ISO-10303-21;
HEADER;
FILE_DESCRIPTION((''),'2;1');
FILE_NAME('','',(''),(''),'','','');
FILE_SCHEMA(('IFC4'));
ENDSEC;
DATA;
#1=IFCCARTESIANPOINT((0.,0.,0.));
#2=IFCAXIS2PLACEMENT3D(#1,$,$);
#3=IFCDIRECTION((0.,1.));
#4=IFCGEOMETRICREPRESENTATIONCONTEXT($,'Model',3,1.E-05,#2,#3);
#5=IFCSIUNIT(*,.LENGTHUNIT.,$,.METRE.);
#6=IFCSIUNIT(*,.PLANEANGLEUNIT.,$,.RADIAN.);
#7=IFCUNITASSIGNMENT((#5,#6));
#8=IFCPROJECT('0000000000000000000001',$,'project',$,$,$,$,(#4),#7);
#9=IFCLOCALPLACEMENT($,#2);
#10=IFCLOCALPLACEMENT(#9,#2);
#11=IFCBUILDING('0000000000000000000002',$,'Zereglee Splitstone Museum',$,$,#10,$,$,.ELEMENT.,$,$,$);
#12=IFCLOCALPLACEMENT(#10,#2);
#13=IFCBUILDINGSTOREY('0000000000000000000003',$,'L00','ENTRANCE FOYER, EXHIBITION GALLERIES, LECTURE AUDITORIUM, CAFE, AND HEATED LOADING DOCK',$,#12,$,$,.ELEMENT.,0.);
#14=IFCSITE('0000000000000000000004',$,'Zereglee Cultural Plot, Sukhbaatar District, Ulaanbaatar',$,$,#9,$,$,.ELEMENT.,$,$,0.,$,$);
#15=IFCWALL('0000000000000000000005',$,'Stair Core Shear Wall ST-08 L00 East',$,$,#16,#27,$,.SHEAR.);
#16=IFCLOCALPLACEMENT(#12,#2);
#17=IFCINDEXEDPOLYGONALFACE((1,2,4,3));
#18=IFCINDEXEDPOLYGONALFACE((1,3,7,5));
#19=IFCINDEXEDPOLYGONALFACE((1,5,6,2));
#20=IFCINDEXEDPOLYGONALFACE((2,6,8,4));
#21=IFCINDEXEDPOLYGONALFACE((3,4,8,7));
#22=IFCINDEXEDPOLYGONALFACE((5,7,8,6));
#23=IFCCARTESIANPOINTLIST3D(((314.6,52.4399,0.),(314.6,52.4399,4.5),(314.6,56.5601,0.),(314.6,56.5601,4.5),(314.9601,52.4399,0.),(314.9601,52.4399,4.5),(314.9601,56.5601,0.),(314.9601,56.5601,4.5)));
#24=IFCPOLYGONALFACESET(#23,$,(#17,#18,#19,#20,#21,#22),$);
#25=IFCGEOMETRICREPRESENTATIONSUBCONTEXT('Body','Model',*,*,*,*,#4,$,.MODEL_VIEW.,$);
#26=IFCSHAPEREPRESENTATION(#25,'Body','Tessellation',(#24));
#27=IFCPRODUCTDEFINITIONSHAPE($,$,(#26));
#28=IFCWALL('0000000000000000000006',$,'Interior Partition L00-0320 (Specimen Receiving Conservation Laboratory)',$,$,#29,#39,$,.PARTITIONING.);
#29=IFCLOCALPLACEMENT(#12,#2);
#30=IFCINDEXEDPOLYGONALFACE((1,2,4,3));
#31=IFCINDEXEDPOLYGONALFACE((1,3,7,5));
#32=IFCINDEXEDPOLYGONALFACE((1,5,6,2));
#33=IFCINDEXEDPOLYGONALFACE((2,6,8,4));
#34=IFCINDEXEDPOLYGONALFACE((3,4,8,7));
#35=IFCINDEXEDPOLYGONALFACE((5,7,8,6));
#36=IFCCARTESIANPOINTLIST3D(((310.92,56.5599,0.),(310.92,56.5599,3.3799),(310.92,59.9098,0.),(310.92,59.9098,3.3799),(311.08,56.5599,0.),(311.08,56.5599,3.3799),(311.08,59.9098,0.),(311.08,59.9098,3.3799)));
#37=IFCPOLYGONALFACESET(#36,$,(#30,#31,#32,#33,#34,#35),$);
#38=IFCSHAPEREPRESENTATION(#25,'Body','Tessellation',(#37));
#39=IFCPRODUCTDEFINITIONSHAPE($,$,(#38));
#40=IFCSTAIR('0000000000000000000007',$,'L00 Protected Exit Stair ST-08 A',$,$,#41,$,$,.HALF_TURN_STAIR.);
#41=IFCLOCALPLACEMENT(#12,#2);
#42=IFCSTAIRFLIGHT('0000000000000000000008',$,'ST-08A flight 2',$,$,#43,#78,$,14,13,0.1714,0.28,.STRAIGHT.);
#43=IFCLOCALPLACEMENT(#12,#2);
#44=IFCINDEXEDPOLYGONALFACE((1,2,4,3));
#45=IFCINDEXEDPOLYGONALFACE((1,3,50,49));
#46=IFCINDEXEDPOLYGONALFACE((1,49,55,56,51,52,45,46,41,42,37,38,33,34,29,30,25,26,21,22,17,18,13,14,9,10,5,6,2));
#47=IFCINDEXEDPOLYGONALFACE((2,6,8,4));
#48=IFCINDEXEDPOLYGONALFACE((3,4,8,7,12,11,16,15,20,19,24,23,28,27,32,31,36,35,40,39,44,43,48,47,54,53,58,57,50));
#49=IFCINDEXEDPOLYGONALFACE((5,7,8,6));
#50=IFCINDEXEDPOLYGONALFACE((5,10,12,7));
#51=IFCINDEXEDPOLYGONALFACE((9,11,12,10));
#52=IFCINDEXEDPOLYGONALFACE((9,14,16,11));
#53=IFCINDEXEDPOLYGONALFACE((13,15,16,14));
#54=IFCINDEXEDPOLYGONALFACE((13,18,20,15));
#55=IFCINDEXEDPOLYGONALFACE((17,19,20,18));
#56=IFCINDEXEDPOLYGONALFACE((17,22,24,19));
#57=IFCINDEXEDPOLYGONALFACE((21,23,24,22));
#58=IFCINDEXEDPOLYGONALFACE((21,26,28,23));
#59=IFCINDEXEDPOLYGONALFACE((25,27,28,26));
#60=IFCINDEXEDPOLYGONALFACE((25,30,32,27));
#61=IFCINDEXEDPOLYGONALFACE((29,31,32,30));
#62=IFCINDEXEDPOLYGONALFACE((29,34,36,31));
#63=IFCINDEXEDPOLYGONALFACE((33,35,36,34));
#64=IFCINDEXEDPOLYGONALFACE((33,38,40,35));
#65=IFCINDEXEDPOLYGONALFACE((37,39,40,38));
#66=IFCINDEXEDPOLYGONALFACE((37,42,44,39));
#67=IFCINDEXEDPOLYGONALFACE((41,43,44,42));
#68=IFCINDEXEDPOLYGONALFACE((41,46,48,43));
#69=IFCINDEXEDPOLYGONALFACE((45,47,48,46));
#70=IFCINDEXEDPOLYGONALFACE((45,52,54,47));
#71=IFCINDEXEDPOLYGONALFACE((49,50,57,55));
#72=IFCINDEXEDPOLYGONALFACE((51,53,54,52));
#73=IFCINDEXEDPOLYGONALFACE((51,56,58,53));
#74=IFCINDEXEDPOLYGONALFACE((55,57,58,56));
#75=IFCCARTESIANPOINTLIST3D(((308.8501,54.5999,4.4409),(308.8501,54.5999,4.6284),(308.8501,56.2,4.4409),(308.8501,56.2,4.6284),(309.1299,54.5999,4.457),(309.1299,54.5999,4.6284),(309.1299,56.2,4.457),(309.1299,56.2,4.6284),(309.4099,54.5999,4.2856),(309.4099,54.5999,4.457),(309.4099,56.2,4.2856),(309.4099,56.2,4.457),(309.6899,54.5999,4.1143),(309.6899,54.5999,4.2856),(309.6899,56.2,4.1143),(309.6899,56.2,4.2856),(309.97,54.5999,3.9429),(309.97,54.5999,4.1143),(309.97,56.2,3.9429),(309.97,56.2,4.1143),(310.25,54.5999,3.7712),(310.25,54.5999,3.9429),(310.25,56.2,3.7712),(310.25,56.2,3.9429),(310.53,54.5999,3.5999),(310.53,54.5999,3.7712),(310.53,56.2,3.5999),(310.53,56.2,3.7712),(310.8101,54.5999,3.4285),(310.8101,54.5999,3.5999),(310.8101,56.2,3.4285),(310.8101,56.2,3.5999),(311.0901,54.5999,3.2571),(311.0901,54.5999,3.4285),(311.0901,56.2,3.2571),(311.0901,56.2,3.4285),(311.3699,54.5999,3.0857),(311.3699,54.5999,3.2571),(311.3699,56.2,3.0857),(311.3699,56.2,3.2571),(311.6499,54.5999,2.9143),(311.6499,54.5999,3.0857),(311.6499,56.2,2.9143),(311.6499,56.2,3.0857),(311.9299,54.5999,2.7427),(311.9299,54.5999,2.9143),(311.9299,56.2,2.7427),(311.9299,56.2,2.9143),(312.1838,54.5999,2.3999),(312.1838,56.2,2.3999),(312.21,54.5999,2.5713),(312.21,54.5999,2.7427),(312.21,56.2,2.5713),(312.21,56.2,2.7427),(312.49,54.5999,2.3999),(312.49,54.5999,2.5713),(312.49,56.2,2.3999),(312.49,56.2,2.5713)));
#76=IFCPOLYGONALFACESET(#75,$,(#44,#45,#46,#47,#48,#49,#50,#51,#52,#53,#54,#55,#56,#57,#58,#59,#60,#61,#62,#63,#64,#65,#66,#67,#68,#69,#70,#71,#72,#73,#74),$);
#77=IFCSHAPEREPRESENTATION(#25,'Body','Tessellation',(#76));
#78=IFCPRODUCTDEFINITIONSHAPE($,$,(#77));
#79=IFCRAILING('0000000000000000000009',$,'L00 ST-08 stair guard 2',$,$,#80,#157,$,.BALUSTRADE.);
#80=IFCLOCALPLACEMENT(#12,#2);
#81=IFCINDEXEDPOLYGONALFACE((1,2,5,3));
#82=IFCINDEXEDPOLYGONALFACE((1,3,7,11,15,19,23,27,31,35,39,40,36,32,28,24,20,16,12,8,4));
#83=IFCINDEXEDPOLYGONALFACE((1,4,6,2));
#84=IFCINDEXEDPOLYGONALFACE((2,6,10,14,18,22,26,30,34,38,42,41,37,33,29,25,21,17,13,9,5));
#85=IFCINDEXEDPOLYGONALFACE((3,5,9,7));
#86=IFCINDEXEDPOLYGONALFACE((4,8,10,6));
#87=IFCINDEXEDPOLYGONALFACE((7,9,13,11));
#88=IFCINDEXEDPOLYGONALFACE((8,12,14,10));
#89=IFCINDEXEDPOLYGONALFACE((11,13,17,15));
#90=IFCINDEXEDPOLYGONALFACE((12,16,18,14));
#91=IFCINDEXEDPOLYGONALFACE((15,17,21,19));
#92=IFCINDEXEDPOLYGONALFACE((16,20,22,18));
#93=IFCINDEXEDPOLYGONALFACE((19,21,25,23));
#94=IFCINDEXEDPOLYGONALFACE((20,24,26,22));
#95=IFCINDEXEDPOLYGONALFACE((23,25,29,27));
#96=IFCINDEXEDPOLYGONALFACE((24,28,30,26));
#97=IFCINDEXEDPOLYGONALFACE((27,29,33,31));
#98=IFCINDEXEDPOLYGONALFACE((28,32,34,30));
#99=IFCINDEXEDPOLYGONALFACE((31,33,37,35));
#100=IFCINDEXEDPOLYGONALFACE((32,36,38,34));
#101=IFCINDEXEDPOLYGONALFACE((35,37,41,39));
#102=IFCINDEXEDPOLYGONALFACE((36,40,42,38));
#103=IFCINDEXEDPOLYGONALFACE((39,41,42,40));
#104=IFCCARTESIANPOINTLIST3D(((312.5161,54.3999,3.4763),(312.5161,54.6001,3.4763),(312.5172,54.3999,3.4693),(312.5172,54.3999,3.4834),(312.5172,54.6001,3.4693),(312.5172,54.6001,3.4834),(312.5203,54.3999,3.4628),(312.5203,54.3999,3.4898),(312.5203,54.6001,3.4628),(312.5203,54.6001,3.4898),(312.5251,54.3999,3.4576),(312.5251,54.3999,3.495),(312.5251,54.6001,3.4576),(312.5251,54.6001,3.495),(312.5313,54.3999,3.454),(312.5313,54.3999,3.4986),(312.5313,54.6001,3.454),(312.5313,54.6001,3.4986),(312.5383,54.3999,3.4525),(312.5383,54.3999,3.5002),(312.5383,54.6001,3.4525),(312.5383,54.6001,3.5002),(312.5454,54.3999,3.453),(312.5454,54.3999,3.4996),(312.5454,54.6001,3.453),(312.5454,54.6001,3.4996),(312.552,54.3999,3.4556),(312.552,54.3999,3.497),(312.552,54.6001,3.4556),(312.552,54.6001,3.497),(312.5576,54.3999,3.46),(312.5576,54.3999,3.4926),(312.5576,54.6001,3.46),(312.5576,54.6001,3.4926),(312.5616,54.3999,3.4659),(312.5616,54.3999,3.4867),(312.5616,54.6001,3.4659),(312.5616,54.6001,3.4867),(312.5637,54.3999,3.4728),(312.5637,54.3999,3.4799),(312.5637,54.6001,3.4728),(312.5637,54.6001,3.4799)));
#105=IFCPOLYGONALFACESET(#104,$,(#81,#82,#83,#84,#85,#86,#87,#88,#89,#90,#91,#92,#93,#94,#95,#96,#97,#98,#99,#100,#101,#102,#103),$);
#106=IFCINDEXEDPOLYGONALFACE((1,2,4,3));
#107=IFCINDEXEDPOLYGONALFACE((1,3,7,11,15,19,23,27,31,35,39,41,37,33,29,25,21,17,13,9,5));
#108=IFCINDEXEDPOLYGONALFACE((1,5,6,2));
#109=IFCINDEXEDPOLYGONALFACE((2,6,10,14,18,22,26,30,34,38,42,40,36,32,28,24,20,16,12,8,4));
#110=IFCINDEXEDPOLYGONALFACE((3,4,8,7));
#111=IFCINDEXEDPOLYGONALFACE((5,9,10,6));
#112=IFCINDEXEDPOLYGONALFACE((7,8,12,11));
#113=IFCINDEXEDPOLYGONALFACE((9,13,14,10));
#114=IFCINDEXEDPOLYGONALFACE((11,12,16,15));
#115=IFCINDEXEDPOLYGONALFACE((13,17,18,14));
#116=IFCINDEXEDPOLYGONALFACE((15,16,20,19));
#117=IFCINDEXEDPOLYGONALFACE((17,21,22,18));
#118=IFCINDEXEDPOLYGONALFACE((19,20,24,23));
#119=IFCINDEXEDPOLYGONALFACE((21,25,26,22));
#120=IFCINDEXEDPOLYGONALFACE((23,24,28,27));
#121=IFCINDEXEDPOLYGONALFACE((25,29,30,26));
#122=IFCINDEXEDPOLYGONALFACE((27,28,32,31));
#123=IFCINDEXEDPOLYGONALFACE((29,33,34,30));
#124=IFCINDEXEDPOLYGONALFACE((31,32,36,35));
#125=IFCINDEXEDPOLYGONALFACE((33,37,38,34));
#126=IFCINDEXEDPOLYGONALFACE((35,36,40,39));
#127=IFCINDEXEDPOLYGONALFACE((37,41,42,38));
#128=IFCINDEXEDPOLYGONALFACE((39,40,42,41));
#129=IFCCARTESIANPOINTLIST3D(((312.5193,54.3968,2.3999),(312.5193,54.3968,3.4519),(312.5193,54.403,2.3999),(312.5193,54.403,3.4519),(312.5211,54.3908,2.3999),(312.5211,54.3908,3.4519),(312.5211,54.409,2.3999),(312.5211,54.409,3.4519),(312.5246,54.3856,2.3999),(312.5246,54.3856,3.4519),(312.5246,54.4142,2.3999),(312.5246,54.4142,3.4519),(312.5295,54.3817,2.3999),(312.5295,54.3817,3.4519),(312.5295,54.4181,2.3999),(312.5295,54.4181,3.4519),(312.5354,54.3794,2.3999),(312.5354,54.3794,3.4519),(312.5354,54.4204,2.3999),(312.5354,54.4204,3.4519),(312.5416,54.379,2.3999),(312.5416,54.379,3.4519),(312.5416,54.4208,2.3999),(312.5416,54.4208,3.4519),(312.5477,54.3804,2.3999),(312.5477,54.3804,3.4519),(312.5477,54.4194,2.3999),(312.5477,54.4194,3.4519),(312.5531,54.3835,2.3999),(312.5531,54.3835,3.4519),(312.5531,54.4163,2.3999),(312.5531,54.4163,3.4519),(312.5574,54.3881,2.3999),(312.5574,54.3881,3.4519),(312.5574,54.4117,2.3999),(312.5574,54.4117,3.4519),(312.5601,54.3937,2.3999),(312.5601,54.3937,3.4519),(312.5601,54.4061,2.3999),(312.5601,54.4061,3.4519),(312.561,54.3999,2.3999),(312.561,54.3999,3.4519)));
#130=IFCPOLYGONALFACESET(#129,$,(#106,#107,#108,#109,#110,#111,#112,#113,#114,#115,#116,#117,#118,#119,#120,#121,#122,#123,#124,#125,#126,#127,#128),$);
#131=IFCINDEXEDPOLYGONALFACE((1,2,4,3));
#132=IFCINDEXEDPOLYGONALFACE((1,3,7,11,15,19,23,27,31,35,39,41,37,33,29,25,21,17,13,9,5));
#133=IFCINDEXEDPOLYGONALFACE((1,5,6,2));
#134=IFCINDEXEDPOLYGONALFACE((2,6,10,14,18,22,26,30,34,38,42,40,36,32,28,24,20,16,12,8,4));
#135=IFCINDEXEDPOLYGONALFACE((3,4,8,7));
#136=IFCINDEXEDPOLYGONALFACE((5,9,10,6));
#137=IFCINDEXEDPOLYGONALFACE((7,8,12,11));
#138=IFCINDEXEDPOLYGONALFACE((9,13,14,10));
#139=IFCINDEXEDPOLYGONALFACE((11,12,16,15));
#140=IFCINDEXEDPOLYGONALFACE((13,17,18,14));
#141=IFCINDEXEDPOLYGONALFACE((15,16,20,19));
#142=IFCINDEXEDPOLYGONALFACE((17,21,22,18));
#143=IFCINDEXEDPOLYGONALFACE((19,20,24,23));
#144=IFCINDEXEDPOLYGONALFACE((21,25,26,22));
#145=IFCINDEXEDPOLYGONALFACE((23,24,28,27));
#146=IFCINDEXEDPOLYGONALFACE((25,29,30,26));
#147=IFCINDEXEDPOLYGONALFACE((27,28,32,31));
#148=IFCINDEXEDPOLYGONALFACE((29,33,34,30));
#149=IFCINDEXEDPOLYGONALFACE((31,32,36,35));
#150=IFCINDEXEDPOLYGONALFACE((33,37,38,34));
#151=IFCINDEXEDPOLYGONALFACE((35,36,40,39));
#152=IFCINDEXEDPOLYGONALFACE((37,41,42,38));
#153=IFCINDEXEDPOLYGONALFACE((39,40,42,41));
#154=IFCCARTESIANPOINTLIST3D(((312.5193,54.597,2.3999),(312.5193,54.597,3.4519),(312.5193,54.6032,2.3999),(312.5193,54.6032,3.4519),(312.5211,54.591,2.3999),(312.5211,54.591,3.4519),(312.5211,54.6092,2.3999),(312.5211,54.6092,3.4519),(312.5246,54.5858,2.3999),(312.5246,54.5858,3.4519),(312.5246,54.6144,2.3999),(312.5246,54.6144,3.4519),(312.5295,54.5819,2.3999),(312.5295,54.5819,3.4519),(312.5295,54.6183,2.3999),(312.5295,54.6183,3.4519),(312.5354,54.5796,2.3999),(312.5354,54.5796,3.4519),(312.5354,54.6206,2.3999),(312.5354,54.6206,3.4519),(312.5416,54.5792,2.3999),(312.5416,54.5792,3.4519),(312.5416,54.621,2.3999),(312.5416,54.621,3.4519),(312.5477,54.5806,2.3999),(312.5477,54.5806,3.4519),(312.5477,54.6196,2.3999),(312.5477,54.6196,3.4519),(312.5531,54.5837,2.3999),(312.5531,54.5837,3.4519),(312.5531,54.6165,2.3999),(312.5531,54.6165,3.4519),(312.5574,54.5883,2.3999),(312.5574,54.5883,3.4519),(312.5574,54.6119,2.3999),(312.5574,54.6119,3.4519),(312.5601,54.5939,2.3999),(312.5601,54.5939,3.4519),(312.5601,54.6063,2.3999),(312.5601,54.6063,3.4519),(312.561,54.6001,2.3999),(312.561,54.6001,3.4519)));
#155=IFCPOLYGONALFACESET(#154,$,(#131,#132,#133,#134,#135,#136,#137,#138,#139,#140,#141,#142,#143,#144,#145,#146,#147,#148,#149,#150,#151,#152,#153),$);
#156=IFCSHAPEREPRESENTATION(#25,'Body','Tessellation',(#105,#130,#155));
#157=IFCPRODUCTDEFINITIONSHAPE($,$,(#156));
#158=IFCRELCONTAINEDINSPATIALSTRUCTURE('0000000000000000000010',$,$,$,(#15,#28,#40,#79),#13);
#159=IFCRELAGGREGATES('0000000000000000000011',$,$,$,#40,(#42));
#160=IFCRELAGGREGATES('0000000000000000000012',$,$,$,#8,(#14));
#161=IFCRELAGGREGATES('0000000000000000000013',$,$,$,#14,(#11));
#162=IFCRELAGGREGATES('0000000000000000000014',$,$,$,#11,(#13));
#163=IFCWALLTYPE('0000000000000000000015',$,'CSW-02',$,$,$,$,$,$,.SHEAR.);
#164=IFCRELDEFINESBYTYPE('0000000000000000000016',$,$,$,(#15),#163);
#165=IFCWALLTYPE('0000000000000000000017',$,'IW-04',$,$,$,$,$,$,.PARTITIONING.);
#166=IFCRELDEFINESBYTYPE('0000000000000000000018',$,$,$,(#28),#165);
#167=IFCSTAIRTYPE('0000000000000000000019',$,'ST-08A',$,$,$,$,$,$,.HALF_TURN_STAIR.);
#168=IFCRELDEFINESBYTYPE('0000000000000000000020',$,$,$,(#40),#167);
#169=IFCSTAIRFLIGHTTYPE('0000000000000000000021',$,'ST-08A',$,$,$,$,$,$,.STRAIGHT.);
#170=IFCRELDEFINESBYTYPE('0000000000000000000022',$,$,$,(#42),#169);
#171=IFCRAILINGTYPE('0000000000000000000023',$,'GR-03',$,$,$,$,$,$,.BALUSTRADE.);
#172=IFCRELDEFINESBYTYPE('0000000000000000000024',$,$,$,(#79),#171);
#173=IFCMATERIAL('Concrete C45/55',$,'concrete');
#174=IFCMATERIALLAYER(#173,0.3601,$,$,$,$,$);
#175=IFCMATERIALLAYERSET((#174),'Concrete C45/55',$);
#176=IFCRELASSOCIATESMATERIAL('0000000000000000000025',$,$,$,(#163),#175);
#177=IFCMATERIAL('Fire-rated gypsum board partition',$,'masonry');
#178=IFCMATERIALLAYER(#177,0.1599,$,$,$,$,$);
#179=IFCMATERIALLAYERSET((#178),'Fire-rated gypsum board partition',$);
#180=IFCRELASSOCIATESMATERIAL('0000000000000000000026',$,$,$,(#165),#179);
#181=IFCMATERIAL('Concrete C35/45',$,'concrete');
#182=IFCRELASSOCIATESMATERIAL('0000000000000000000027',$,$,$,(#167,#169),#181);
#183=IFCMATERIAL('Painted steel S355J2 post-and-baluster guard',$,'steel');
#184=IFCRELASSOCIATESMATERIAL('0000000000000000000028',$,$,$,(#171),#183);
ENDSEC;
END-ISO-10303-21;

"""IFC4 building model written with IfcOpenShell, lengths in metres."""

from ifc_helpers import new_model, si_unit, direction, frame, frame_2d, origin, origin_2d, place, context, subcontext, project, spatial, polyline, rectangle, circle, outline, extrude, material, layer, layer_set, type_object, element, aggregate, save


model = new_model("IFC4")

# Units and contexts
model_context = context("Model", 3, precision=1e-05, world=origin(), true_north=direction((0.0, 1.0)))
body_context = subcontext(model_context, "Body", "Model", "MODEL_VIEW")
ifc_project = project(units=[si_unit("LENGTHUNIT", "METRE"), si_unit("PLANEANGLEUNIT", "RADIAN")], contexts=[model_context])

# Site, building, storey
site_placement = place(None, origin())
site = spatial("IfcSite", under=ifc_project, at=site_placement, Name="Zereglee Cultural Plot, Sukhbaatar District, Ulaanbaatar", CompositionType="ELEMENT", RefElevation=0.0)
building_placement = place(site_placement, origin())
building = spatial("IfcBuilding", under=site, at=building_placement, Name="Zereglee Splitstone Museum", CompositionType="ELEMENT")
storey_placement = place(building_placement, origin())
storey = spatial("IfcBuildingStorey", under=building, at=storey_placement, Name="L00", Description="ENTRANCE FOYER, EXHIBITION GALLERIES, LECTURE AUDITORIUM, CAFE, AND HEATED LOADING DOCK", CompositionType="ELEMENT", Elevation=0.0)

# Walls
ifc_material_1 = material(Name="Concrete C45/55", Category="concrete")
ifc_layer_1 = layer(ifc_material_1, 0.3601)
ifc_layer_set_1 = layer_set([ifc_layer_1], Name="Concrete C45/55")
wall_type_1 = type_object("IfcWallType", Name="CSW-02", PredefinedType="SHEAR", material=ifc_layer_set_1)
wall_1_placement = place(storey_placement, frame((314.78, 52.4399, 0.0), z_axis=(0.0, 0.0, 1.0), x_axis=(0.0, 1.0, 0.0)))
element("IfcWall", 1, at=wall_1_placement, inside=storey, type_object=wall_type_1, Name="Stair Core Shear Wall ST-08 L00 East", PredefinedType="SHEAR", context=body_context, shape_type="SweptSolid", body=[
    extrude(rectangle(XDim=4.1201, YDim=0.3601, at=frame_2d((2.0601, 0.0))), origin(), (0.0, 0.0, 1.0), 4.5),
])
ifc_material_2 = material(Name="Fire-rated gypsum board partition", Category="masonry")
ifc_layer_2 = layer(ifc_material_2, 0.1599)
ifc_layer_set_2 = layer_set([ifc_layer_2], Name="Fire-rated gypsum board partition")
wall_type_2 = type_object("IfcWallType", Name="IW-04", PredefinedType="PARTITIONING", material=ifc_layer_set_2)
wall_2_placement = place(storey_placement, frame((311.0, 56.5601, 0.0), z_axis=(0.0, 0.0, 1.0), x_axis=(0.0, 1.0, 0.0)))
element("IfcWall", 2, at=wall_2_placement, inside=storey, type_object=wall_type_2, Name="Interior Partition L00-0320 (Specimen Receiving Conservation Laboratory)", PredefinedType="PARTITIONING", context=body_context, shape_type="SweptSolid", body=[
    extrude(rectangle(XDim=3.3499, YDim=0.1599, at=frame_2d((1.6748, 0.0))), origin(), (0.0, 0.0, 1.0), 3.3799),
])

# Stair, stair flight
ifc_material_3 = material(Name="Concrete C35/45", Category="concrete")
stair_type = type_object("IfcStairType", Name="ST-08A", PredefinedType="HALF_TURN_STAIR", material=ifc_material_3)
stair_placement = place(storey_placement, origin())
stair = element("IfcStair", 3, at=stair_placement, inside=storey, type_object=stair_type, Name="L00 Protected Exit Stair ST-08 A", PredefinedType="HALF_TURN_STAIR")
stair_flight_type = type_object("IfcStairFlightType", Name="ST-08A", PredefinedType="STRAIGHT", material=ifc_material_3)
stair_flight_placement = place(storey_placement, frame((312.49, 55.3999, 2.3999), z_axis=(0.0, 0.0, 1.0), x_axis=(-1.0, 0.0, 0.0)))
stair_flight = element("IfcStairFlight", 4, at=stair_flight_placement, type_object=stair_flight_type, Name="ST-08A flight 2", NumberOfRisers=14, NumberOfTreads=13, PredefinedType="STRAIGHT", RiserHeight=0.1714, TreadLength=0.28, context=body_context, shape_type="SweptSolid", body=[
    extrude(outline(polyline([(0.0, 0.0), (0.0, 0.1714), (0.28, 0.1714), (0.28, 0.3428), (0.5601, 0.3428), (0.5601, 0.5144), (0.8401, 0.5144), (0.8401, 0.6858), (1.1201, 0.6858), (1.1201, 0.8572), (1.3999, 0.8572), (1.3999, 1.0286), (1.6799, 1.0286), (1.6799, 1.2), (1.96, 1.2), (1.96, 1.3713), (2.24, 1.3713), (2.24, 1.543), (2.52, 1.543), (2.52, 1.7144), (2.8, 1.7144), (2.8, 1.8857), (3.0801, 1.8857), (3.0801, 2.0571), (3.3601, 2.0571), (3.3601, 2.2285), (3.6399, 2.2285), (3.6399, 2.3999), (3.6399, 2.041), (0.3062, 0.0), (0.0, 0.0)])), frame((0.0, 0.8, 0.0), z_axis=(0.0, -1.0, 0.0), x_axis=(1.0, 0.0, 0.0)), (0.0, 0.0, 1.0), 1.6001),
])
aggregate(stair, [stair_flight])

# Railing
ifc_material_4 = material(Name="Painted steel S355J2 post-and-baluster guard", Category="steel")
railing_type_1 = type_object("IfcRailingType", Name="GR-03", PredefinedType="BALUSTRADE", material=ifc_material_4)
railing_1_placement = place(storey_placement, frame((312.54, 54.3999, 2.3999)))
element("IfcRailing", 5, at=railing_1_placement, inside=storey, type_object=railing_type_1, Name="L00 ST-08 stair guard 2", PredefinedType="BALUSTRADE", context=body_context, shape_type="SweptSolid", body=[
    extrude(circle(Radius=0.0239, at=origin_2d()), frame((0.0, 0.0, 1.0764), z_axis=(0.0, 1.0, 0.0), x_axis=(-1.0, 0.0, 0.0)), (0.0, 0.0, 1.0), 0.2002),
    extrude(circle(Radius=0.021, at=origin_2d()), origin(), (0.0, 0.0, 1.0), 1.052),
    extrude(circle(Radius=0.021, at=origin_2d()), frame((0.0, 0.2002, 0.0)), (0.0, 0.0, 1.0), 1.052),
])

save(model, "model.ifc")
